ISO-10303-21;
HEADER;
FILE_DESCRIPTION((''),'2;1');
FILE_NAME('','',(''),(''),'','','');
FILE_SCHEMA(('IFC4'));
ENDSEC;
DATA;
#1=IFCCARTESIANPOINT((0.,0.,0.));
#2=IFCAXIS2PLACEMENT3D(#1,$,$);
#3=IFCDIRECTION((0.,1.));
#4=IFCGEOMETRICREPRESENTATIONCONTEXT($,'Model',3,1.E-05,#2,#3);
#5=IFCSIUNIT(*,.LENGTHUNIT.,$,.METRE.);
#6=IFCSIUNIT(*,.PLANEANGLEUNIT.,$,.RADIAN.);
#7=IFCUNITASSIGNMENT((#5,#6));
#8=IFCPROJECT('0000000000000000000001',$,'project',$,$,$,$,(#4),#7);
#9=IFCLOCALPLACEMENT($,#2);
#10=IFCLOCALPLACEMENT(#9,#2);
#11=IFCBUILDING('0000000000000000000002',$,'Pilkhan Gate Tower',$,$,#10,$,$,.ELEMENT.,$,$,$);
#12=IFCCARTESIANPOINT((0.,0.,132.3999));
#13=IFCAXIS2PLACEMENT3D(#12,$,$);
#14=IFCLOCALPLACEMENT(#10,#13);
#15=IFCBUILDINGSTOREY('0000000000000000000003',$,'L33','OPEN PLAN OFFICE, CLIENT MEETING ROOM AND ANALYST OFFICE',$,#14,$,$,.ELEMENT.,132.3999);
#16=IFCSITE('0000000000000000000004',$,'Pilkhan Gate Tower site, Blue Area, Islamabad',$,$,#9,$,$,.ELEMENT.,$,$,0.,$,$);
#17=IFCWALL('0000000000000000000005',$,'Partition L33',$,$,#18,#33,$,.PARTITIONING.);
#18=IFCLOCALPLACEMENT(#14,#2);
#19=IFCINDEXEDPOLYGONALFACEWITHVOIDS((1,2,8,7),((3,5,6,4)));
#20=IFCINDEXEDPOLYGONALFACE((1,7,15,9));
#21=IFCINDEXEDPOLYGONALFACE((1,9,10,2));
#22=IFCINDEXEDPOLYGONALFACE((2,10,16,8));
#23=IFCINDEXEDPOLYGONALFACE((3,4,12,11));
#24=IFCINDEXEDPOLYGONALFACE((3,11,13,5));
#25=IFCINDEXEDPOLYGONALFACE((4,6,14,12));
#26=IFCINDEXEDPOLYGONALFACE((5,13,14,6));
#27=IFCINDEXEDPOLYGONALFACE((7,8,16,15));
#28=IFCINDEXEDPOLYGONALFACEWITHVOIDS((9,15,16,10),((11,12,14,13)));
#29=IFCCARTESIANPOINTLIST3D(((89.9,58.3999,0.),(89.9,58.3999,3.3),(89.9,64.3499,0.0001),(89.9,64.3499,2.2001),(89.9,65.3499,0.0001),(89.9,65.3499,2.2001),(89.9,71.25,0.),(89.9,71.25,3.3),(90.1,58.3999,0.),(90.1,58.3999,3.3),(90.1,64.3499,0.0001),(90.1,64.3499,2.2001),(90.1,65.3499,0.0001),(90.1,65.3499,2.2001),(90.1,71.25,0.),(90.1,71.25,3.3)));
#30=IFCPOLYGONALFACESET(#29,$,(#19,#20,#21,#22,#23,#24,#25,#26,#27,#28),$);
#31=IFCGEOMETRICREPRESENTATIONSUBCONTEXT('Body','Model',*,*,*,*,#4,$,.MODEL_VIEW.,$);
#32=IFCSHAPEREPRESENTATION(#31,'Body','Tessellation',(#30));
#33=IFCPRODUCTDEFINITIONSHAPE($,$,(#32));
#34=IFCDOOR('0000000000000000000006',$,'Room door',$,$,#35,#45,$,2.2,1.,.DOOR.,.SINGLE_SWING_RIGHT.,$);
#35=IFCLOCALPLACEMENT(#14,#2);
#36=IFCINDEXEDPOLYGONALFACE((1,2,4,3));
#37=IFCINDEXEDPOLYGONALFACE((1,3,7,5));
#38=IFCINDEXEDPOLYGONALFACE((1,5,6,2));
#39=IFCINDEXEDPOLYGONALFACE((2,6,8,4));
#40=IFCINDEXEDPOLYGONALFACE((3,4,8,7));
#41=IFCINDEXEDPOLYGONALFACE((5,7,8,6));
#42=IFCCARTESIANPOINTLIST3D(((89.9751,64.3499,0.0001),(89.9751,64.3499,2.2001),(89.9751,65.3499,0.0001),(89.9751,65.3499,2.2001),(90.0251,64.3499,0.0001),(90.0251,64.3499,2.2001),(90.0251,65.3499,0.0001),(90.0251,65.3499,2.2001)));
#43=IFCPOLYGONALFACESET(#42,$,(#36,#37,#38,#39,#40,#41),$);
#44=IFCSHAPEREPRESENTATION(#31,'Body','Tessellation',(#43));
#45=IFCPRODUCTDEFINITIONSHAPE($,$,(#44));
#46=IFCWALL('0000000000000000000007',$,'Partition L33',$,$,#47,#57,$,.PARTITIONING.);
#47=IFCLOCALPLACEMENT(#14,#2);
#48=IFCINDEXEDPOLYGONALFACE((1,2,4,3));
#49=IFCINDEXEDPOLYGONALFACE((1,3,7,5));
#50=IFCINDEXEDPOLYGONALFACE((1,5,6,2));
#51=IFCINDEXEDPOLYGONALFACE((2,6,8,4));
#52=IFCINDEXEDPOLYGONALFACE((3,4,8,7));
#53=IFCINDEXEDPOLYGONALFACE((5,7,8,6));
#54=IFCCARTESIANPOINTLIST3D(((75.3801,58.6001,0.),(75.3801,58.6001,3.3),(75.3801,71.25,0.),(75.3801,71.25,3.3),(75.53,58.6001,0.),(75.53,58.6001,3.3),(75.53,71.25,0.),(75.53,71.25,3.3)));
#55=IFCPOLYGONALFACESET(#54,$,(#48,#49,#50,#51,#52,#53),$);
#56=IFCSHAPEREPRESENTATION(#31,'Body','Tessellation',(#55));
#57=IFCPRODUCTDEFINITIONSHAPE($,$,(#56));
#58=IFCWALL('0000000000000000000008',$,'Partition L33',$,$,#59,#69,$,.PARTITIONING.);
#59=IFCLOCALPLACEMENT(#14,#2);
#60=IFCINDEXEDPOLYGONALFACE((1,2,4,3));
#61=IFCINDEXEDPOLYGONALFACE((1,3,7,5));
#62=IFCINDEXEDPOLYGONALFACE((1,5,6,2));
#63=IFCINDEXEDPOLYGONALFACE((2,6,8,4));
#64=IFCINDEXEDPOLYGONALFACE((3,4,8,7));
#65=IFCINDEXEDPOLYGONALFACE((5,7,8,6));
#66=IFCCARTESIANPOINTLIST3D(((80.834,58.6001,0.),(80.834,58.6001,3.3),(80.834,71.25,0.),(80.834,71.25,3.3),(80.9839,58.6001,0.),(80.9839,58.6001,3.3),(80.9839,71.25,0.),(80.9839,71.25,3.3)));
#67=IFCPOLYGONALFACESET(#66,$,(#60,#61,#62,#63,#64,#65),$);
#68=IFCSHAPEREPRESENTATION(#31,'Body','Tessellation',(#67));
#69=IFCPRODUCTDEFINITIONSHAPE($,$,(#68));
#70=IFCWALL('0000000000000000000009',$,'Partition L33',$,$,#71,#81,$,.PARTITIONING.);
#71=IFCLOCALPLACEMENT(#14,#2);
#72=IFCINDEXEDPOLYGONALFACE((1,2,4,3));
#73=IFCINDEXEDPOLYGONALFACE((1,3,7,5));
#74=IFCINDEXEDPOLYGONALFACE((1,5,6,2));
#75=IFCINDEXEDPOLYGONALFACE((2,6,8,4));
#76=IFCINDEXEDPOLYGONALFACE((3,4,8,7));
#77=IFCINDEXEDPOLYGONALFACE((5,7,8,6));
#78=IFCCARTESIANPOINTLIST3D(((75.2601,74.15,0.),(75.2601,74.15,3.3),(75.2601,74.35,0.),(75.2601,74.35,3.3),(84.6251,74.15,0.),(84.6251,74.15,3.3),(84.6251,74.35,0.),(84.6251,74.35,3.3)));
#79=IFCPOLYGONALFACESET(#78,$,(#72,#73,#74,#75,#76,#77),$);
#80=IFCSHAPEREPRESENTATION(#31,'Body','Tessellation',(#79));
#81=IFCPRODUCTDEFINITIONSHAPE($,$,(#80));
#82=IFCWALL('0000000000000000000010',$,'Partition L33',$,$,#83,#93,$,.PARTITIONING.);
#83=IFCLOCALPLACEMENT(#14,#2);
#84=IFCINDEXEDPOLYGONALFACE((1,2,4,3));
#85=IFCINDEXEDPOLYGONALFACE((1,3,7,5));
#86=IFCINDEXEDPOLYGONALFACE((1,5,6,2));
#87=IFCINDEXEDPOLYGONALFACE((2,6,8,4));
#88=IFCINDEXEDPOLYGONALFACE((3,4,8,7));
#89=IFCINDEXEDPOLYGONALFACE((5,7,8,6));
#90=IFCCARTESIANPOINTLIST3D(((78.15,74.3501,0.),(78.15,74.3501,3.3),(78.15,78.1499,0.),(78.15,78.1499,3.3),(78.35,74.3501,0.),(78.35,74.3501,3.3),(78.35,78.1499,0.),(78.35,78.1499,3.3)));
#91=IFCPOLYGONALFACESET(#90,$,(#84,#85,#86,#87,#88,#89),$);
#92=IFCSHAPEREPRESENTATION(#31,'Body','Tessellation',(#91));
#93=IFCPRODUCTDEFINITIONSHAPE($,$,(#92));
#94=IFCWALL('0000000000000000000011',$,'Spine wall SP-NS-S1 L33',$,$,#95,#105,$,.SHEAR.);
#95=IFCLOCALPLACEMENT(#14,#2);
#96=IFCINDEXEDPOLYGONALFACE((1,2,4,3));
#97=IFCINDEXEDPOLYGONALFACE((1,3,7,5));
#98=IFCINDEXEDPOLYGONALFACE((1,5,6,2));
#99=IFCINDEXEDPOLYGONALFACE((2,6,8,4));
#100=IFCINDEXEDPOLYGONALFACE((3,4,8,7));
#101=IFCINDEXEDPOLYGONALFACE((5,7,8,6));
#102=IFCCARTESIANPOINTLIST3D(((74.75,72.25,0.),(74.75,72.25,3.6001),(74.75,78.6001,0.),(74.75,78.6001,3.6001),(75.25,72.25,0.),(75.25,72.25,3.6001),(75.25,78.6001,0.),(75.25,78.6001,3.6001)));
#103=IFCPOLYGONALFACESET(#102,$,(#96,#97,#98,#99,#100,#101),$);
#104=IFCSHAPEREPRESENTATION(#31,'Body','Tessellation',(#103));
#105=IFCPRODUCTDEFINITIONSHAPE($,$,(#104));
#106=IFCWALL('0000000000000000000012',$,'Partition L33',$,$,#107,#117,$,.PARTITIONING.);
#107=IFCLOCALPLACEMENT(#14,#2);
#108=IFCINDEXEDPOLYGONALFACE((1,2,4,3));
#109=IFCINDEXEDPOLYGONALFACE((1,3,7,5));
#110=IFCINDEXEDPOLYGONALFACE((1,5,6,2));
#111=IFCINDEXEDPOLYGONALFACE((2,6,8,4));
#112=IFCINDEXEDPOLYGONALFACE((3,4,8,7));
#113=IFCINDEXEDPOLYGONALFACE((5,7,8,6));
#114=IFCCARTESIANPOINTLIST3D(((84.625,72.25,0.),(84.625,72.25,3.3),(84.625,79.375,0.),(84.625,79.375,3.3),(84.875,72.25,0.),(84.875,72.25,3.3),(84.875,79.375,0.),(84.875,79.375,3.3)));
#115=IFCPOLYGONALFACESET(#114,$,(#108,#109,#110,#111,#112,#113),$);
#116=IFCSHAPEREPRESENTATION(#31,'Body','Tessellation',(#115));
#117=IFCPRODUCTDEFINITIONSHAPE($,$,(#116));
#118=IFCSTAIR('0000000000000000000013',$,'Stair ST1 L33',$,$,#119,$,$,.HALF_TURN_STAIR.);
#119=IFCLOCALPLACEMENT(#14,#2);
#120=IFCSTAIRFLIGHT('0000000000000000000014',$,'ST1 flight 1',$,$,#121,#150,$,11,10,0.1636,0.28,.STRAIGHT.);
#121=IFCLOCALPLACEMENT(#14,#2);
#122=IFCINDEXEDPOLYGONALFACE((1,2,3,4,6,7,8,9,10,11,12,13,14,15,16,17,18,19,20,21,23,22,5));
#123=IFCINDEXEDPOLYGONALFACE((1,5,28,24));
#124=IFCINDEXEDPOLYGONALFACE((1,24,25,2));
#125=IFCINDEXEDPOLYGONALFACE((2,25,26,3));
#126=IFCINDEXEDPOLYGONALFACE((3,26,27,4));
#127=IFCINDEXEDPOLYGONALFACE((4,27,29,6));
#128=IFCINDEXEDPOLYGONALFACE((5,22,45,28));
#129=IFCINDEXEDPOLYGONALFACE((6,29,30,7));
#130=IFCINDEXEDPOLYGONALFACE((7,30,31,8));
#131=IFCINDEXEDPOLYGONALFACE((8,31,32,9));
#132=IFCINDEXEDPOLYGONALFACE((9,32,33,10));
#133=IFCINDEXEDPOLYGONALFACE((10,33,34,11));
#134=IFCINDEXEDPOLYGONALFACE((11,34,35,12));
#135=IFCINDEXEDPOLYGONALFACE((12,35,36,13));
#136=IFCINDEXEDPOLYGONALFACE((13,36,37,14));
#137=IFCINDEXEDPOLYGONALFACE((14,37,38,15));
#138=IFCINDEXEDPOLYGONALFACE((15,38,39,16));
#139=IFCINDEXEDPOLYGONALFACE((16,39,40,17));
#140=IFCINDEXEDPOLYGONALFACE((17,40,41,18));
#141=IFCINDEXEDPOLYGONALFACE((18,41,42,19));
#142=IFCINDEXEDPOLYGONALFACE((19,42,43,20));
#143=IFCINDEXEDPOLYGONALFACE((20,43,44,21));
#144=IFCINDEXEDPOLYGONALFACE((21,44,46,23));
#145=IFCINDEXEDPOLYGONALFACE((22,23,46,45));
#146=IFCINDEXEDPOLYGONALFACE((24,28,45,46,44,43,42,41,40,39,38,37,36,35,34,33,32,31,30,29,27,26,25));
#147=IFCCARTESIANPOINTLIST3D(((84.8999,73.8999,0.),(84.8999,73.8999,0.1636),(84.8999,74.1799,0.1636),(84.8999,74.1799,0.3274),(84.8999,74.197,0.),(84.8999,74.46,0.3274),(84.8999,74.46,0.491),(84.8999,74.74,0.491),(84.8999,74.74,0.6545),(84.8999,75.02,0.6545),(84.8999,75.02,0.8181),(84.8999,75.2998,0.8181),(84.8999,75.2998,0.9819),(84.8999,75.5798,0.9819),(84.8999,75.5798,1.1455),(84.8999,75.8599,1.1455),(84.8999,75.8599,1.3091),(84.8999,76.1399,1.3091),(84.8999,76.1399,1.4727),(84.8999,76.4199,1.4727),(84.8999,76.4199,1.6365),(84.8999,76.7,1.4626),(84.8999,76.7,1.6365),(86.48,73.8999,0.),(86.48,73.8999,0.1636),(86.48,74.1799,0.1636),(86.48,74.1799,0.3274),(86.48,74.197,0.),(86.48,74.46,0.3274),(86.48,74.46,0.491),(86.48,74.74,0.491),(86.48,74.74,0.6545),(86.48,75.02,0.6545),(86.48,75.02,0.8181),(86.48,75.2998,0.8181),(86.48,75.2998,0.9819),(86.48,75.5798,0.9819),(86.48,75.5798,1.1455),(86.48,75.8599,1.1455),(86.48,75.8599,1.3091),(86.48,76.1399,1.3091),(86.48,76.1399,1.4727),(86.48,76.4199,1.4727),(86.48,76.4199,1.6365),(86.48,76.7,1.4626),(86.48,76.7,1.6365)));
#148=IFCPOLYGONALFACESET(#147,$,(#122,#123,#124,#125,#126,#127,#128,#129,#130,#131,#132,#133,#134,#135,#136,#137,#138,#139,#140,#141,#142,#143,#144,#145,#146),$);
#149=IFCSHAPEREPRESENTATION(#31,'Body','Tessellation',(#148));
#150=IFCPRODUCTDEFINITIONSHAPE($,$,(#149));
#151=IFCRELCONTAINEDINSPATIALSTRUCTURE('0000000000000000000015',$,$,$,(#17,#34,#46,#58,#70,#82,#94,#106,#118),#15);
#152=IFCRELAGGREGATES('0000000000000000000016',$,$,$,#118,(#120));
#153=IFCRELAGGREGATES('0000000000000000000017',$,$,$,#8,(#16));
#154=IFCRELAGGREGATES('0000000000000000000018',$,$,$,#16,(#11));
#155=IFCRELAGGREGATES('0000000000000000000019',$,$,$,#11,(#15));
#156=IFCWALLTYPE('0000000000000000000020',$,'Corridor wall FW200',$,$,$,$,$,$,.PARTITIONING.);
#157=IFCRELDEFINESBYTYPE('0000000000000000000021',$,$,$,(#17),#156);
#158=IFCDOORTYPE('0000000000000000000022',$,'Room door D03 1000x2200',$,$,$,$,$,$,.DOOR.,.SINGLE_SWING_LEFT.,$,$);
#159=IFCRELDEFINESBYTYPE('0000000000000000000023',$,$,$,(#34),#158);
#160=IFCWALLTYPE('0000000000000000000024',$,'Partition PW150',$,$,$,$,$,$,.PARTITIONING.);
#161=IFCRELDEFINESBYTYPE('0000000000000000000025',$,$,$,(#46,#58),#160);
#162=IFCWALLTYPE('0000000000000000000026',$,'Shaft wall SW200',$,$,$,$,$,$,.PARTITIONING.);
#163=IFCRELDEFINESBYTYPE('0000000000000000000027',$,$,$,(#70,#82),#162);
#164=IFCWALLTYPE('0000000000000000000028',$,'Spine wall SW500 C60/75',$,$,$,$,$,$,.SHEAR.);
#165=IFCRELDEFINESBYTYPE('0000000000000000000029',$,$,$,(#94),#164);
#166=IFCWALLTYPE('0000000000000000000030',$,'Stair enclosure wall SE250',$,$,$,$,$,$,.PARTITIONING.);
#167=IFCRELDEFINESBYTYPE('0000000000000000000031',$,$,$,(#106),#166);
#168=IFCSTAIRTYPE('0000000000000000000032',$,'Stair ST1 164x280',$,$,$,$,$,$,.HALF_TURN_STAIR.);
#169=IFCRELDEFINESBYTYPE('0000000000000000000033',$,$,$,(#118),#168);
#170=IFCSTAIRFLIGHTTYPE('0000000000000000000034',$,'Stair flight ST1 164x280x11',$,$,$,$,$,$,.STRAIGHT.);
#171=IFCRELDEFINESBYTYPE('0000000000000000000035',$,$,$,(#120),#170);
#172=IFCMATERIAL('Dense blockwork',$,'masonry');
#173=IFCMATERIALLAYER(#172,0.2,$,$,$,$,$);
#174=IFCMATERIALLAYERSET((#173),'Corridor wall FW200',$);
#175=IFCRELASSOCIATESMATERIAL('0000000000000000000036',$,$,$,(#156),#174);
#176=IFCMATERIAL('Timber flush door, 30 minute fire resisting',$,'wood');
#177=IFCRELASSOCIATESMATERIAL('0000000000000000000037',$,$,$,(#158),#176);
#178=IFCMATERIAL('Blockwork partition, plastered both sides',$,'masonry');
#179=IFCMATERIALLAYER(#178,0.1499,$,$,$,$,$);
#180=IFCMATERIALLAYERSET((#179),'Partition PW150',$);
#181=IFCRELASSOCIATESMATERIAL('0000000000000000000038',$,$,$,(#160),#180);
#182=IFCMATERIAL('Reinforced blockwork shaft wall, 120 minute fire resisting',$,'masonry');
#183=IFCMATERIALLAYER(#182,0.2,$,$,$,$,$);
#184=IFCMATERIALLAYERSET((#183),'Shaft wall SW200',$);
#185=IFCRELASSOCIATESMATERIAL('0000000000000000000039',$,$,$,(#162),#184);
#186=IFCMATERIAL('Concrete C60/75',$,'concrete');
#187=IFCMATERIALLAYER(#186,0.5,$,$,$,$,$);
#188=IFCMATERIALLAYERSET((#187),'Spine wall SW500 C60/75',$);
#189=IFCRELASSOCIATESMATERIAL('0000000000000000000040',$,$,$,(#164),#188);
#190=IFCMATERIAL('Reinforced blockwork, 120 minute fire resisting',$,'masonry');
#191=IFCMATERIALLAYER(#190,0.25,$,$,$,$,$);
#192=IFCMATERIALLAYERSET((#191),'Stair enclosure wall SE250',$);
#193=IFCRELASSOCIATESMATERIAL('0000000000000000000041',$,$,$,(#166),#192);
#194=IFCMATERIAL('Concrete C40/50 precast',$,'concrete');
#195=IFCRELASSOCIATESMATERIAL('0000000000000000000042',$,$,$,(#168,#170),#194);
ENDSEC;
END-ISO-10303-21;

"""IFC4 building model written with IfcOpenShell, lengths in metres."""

from ifc_helpers import new_model, si_unit, direction, frame, frame_2d, origin, place, context, subcontext, project, spatial, polyline, rectangle, outline, extrude, material, layer, layer_set, type_object, element, fill, aggregate, save


model = new_model("IFC4")

# Units and contexts
model_context = context("Model", 3, precision=1e-05, world=origin(), true_north=direction((0.0, 1.0)))
body_context = subcontext(model_context, "Body", "Model", "MODEL_VIEW")
ifc_project = project(units=[si_unit("LENGTHUNIT", "METRE"), si_unit("PLANEANGLEUNIT", "RADIAN")], contexts=[model_context])

# Site, building, storey
site_placement = place(None, origin())
site = spatial("IfcSite", under=ifc_project, at=site_placement, Name="Pilkhan Gate Tower site, Blue Area, Islamabad", CompositionType="ELEMENT", RefElevation=0.0)
building_placement = place(site_placement, origin())
building = spatial("IfcBuilding", under=site, at=building_placement, Name="Pilkhan Gate Tower", CompositionType="ELEMENT")
storey_placement = place(building_placement, frame((0.0, 0.0, 132.3999)))
storey = spatial("IfcBuildingStorey", under=building, at=storey_placement, Name="L33", Description="OPEN PLAN OFFICE, CLIENT MEETING ROOM AND ANALYST OFFICE", CompositionType="ELEMENT", Elevation=132.3999)

# Shared definitions
ifc_material_1 = material(Name="Concrete C60/75", Category="concrete")

# Wall, opening, door
ifc_material_2 = material(Name="Dense blockwork", Category="masonry")
ifc_layer_1 = layer(ifc_material_2, 0.2)
ifc_layer_set_1 = layer_set([ifc_layer_1], Name="Corridor wall FW200")
wall_type_1 = type_object("IfcWallType", Name="Corridor wall FW200", PredefinedType="PARTITIONING", material=ifc_layer_set_1)
wall_1_placement = place(storey_placement, frame((90.0, 58.3999, 0.0), z_axis=(0.0, 0.0, 1.0), x_axis=(0.0, 1.0, 0.0)))
wall_1 = element("IfcWall", 1, at=wall_1_placement, inside=storey, type_object=wall_type_1, Name="Partition L33", PredefinedType="PARTITIONING", context=body_context, shape_type="SweptSolid", body=[
    extrude(rectangle(XDim=12.8501, YDim=0.2, at=frame_2d((6.425, 0.0))), origin(), (0.0, 0.0, 1.0), 3.3),
])
opening_1_placement = place(wall_1_placement, frame((5.95, 0.0, 0.0)))
opening_1 = element("IfcOpeningElement", 2, at=opening_1_placement, cuts=wall_1, PredefinedType="OPENING", context=body_context, shape_type="SweptSolid", body=[
    extrude(rectangle(XDim=1.0, YDim=2.2, at=frame_2d((0.5, 1.1001))), frame((0.0, 0.1099, 0.0), z_axis=(0.0, -1.0, 0.0), x_axis=(1.0, 0.0, 0.0)), (0.0, 0.0, 1.0), 0.22),
])
ifc_material_3 = material(Name="Timber flush door, 30 minute fire resisting", Category="wood")
door_type_1 = type_object("IfcDoorType", Name="Room door D03 1000x2200", OperationType="SINGLE_SWING_LEFT", PredefinedType="DOOR", material=ifc_material_3)
door_1_placement = place(opening_1_placement, origin())
door_1 = element("IfcDoor", 3, at=door_1_placement, inside=storey, type_object=door_type_1, Name="Room door", OperationType="SINGLE_SWING_RIGHT", OverallHeight=2.2, OverallWidth=1.0, PredefinedType="DOOR", context=body_context, shape_type="SweptSolid", body=[
    extrude(rectangle(XDim=1.0, YDim=2.2, at=frame_2d((0.5, 1.1001))), frame((0.0, 0.0249, 0.0), z_axis=(0.0, -1.0, 0.0), x_axis=(1.0, 0.0, 0.0)), (0.0, 0.0, 1.0), 0.05),
])
fill(opening_1, door_1)

# Walls
ifc_material_4 = material(Name="Blockwork partition, plastered both sides", Category="masonry")
ifc_layer_2 = layer(ifc_material_4, 0.1499)
ifc_layer_set_2 = layer_set([ifc_layer_2], Name="Partition PW150")
wall_type_2 = type_object("IfcWallType", Name="Partition PW150", PredefinedType="PARTITIONING", material=ifc_layer_set_2)
for number, where, z_axis, x_axis, name in (
    (4, (75.4551, 58.6001, 0.0), (0.0, 0.0, 1.0), (0.0, 1.0, 0.0), "Partition L33"),
    (5, (80.9089, 58.6001, 0.0), (0.0, 0.0, 1.0), (0.0, 1.0, 0.0), "Partition L33"),
):
    element("IfcWall", number, at=place(storey_placement, frame(where, z_axis=z_axis, x_axis=x_axis)), inside=storey, type_object=wall_type_2, Name=name, PredefinedType="PARTITIONING", context=body_context, shape_type="SweptSolid", body=[
        extrude(rectangle(XDim=12.6499, YDim=0.1499, at=frame_2d((6.325, 0.0))), origin(), (0.0, 0.0, 1.0), 3.3),
    ])
ifc_material_5 = material(Name="Reinforced blockwork shaft wall, 120 minute fire resisting", Category="masonry")
ifc_layer_3 = layer(ifc_material_5, 0.2)
ifc_layer_set_3 = layer_set([ifc_layer_3], Name="Shaft wall SW200")
wall_type_3 = type_object("IfcWallType", Name="Shaft wall SW200", PredefinedType="PARTITIONING", material=ifc_layer_set_3)
wall_2_placement = place(storey_placement, frame((75.26, 74.25, 0.0), z_axis=(0.0, 0.0, 1.0), x_axis=(1.0, 0.0, 0.0)))
element("IfcWall", 6, at=wall_2_placement, inside=storey, type_object=wall_type_3, Name="Partition L33", PredefinedType="PARTITIONING", context=body_context, shape_type="SweptSolid", body=[
    extrude(rectangle(XDim=9.365, YDim=0.2, at=frame_2d((4.6826, 0.0))), origin(), (0.0, 0.0, 1.0), 3.3),
])
wall_3_placement = place(storey_placement, frame((78.25, 74.3501, 0.0), z_axis=(0.0, 0.0, 1.0), x_axis=(0.0, 1.0, 0.0)))
element("IfcWall", 7, at=wall_3_placement, inside=storey, type_object=wall_type_3, Name="Partition L33", PredefinedType="PARTITIONING", context=body_context, shape_type="SweptSolid", body=[
    extrude(rectangle(XDim=3.7998, YDim=0.2, at=frame_2d((1.8999, 0.0))), origin(), (0.0, 0.0, 1.0), 3.3),
])
ifc_layer_4 = layer(ifc_material_1, 0.5)
ifc_layer_set_4 = layer_set([ifc_layer_4], Name="Spine wall SW500 C60/75")
wall_type_4 = type_object("IfcWallType", Name="Spine wall SW500 C60/75", PredefinedType="SHEAR", material=ifc_layer_set_4)
wall_4_placement = place(storey_placement, frame((75.0, 72.25, 0.0), z_axis=(0.0, 0.0, 1.0), x_axis=(0.0, 1.0, 0.0)))
element("IfcWall", 8, at=wall_4_placement, inside=storey, type_object=wall_type_4, Name="Spine wall SP-NS-S1 L33", PredefinedType="SHEAR", context=body_context, shape_type="SweptSolid", body=[
    extrude(rectangle(XDim=6.3501, YDim=0.5, at=frame_2d((3.175, 0.0))), origin(), (0.0, 0.0, 1.0), 3.6001),
])
ifc_material_6 = material(Name="Reinforced blockwork, 120 minute fire resisting", Category="masonry")
ifc_layer_5 = layer(ifc_material_6, 0.25)
ifc_layer_set_5 = layer_set([ifc_layer_5], Name="Stair enclosure wall SE250")
wall_type_5 = type_object("IfcWallType", Name="Stair enclosure wall SE250", PredefinedType="PARTITIONING", material=ifc_layer_set_5)
wall_5_placement = place(storey_placement, frame((84.75, 72.25, 0.0), z_axis=(0.0, 0.0, 1.0), x_axis=(0.0, 1.0, 0.0)))
element("IfcWall", 9, at=wall_5_placement, inside=storey, type_object=wall_type_5, Name="Partition L33", PredefinedType="PARTITIONING", context=body_context, shape_type="SweptSolid", body=[
    extrude(rectangle(XDim=7.125, YDim=0.25, at=frame_2d((3.5625, 0.0))), origin(), (0.0, 0.0, 1.0), 3.3),
])

# Stair, stair flight
ifc_material_7 = material(Name="Concrete C40/50 precast", Category="concrete")
stair_type = type_object("IfcStairType", Name="Stair ST1 164x280", PredefinedType="HALF_TURN_STAIR", material=ifc_material_7)
stair_placement = place(storey_placement, origin())
stair = element("IfcStair", 10, at=stair_placement, inside=storey, type_object=stair_type, Name="Stair ST1 L33", PredefinedType="HALF_TURN_STAIR")
stair_flight_type = type_object("IfcStairFlightType", Name="Stair flight ST1 164x280x11", PredefinedType="STRAIGHT", material=ifc_material_7)
stair_flight_placement = place(storey_placement, frame((85.6899, 73.8999, 0.0), z_axis=(0.0, 0.0, 1.0), x_axis=(0.0, 1.0, 0.0)))
stair_flight = element("IfcStairFlight", 11, at=stair_flight_placement, type_object=stair_flight_type, Name="ST1 flight 1", NumberOfRisers=11, NumberOfTreads=10, PredefinedType="STRAIGHT", RiserHeight=0.1636, TreadLength=0.28, context=body_context, shape_type="SweptSolid", body=[
    extrude(outline(polyline([(0.0, 0.0), (0.0, 0.1636), (0.28, 0.1636), (0.28, 0.3274), (0.5601, 0.3274), (0.5601, 0.491), (0.8401, 0.491), (0.8401, 0.6545), (1.1201, 0.6545), (1.1201, 0.8181), (1.3999, 0.8181), (1.3999, 0.9819), (1.6799, 0.9819), (1.6799, 1.1455), (1.96, 1.1455), (1.96, 1.3091), (2.24, 1.3091), (2.24, 1.4727), (2.52, 1.4727), (2.52, 1.6365), (2.8, 1.6365), (2.8, 1.8), (2.8, 1.4626), (0.2971, 0.0), (0.0, 0.0)])), frame((0.0, 0.79, 0.0), z_axis=(0.0, -1.0, 0.0), x_axis=(1.0, 0.0, 0.0)), (0.0, 0.0, 1.0), 1.5801),
])
aggregate(stair, [stair_flight])

save(model, "model.ifc")
